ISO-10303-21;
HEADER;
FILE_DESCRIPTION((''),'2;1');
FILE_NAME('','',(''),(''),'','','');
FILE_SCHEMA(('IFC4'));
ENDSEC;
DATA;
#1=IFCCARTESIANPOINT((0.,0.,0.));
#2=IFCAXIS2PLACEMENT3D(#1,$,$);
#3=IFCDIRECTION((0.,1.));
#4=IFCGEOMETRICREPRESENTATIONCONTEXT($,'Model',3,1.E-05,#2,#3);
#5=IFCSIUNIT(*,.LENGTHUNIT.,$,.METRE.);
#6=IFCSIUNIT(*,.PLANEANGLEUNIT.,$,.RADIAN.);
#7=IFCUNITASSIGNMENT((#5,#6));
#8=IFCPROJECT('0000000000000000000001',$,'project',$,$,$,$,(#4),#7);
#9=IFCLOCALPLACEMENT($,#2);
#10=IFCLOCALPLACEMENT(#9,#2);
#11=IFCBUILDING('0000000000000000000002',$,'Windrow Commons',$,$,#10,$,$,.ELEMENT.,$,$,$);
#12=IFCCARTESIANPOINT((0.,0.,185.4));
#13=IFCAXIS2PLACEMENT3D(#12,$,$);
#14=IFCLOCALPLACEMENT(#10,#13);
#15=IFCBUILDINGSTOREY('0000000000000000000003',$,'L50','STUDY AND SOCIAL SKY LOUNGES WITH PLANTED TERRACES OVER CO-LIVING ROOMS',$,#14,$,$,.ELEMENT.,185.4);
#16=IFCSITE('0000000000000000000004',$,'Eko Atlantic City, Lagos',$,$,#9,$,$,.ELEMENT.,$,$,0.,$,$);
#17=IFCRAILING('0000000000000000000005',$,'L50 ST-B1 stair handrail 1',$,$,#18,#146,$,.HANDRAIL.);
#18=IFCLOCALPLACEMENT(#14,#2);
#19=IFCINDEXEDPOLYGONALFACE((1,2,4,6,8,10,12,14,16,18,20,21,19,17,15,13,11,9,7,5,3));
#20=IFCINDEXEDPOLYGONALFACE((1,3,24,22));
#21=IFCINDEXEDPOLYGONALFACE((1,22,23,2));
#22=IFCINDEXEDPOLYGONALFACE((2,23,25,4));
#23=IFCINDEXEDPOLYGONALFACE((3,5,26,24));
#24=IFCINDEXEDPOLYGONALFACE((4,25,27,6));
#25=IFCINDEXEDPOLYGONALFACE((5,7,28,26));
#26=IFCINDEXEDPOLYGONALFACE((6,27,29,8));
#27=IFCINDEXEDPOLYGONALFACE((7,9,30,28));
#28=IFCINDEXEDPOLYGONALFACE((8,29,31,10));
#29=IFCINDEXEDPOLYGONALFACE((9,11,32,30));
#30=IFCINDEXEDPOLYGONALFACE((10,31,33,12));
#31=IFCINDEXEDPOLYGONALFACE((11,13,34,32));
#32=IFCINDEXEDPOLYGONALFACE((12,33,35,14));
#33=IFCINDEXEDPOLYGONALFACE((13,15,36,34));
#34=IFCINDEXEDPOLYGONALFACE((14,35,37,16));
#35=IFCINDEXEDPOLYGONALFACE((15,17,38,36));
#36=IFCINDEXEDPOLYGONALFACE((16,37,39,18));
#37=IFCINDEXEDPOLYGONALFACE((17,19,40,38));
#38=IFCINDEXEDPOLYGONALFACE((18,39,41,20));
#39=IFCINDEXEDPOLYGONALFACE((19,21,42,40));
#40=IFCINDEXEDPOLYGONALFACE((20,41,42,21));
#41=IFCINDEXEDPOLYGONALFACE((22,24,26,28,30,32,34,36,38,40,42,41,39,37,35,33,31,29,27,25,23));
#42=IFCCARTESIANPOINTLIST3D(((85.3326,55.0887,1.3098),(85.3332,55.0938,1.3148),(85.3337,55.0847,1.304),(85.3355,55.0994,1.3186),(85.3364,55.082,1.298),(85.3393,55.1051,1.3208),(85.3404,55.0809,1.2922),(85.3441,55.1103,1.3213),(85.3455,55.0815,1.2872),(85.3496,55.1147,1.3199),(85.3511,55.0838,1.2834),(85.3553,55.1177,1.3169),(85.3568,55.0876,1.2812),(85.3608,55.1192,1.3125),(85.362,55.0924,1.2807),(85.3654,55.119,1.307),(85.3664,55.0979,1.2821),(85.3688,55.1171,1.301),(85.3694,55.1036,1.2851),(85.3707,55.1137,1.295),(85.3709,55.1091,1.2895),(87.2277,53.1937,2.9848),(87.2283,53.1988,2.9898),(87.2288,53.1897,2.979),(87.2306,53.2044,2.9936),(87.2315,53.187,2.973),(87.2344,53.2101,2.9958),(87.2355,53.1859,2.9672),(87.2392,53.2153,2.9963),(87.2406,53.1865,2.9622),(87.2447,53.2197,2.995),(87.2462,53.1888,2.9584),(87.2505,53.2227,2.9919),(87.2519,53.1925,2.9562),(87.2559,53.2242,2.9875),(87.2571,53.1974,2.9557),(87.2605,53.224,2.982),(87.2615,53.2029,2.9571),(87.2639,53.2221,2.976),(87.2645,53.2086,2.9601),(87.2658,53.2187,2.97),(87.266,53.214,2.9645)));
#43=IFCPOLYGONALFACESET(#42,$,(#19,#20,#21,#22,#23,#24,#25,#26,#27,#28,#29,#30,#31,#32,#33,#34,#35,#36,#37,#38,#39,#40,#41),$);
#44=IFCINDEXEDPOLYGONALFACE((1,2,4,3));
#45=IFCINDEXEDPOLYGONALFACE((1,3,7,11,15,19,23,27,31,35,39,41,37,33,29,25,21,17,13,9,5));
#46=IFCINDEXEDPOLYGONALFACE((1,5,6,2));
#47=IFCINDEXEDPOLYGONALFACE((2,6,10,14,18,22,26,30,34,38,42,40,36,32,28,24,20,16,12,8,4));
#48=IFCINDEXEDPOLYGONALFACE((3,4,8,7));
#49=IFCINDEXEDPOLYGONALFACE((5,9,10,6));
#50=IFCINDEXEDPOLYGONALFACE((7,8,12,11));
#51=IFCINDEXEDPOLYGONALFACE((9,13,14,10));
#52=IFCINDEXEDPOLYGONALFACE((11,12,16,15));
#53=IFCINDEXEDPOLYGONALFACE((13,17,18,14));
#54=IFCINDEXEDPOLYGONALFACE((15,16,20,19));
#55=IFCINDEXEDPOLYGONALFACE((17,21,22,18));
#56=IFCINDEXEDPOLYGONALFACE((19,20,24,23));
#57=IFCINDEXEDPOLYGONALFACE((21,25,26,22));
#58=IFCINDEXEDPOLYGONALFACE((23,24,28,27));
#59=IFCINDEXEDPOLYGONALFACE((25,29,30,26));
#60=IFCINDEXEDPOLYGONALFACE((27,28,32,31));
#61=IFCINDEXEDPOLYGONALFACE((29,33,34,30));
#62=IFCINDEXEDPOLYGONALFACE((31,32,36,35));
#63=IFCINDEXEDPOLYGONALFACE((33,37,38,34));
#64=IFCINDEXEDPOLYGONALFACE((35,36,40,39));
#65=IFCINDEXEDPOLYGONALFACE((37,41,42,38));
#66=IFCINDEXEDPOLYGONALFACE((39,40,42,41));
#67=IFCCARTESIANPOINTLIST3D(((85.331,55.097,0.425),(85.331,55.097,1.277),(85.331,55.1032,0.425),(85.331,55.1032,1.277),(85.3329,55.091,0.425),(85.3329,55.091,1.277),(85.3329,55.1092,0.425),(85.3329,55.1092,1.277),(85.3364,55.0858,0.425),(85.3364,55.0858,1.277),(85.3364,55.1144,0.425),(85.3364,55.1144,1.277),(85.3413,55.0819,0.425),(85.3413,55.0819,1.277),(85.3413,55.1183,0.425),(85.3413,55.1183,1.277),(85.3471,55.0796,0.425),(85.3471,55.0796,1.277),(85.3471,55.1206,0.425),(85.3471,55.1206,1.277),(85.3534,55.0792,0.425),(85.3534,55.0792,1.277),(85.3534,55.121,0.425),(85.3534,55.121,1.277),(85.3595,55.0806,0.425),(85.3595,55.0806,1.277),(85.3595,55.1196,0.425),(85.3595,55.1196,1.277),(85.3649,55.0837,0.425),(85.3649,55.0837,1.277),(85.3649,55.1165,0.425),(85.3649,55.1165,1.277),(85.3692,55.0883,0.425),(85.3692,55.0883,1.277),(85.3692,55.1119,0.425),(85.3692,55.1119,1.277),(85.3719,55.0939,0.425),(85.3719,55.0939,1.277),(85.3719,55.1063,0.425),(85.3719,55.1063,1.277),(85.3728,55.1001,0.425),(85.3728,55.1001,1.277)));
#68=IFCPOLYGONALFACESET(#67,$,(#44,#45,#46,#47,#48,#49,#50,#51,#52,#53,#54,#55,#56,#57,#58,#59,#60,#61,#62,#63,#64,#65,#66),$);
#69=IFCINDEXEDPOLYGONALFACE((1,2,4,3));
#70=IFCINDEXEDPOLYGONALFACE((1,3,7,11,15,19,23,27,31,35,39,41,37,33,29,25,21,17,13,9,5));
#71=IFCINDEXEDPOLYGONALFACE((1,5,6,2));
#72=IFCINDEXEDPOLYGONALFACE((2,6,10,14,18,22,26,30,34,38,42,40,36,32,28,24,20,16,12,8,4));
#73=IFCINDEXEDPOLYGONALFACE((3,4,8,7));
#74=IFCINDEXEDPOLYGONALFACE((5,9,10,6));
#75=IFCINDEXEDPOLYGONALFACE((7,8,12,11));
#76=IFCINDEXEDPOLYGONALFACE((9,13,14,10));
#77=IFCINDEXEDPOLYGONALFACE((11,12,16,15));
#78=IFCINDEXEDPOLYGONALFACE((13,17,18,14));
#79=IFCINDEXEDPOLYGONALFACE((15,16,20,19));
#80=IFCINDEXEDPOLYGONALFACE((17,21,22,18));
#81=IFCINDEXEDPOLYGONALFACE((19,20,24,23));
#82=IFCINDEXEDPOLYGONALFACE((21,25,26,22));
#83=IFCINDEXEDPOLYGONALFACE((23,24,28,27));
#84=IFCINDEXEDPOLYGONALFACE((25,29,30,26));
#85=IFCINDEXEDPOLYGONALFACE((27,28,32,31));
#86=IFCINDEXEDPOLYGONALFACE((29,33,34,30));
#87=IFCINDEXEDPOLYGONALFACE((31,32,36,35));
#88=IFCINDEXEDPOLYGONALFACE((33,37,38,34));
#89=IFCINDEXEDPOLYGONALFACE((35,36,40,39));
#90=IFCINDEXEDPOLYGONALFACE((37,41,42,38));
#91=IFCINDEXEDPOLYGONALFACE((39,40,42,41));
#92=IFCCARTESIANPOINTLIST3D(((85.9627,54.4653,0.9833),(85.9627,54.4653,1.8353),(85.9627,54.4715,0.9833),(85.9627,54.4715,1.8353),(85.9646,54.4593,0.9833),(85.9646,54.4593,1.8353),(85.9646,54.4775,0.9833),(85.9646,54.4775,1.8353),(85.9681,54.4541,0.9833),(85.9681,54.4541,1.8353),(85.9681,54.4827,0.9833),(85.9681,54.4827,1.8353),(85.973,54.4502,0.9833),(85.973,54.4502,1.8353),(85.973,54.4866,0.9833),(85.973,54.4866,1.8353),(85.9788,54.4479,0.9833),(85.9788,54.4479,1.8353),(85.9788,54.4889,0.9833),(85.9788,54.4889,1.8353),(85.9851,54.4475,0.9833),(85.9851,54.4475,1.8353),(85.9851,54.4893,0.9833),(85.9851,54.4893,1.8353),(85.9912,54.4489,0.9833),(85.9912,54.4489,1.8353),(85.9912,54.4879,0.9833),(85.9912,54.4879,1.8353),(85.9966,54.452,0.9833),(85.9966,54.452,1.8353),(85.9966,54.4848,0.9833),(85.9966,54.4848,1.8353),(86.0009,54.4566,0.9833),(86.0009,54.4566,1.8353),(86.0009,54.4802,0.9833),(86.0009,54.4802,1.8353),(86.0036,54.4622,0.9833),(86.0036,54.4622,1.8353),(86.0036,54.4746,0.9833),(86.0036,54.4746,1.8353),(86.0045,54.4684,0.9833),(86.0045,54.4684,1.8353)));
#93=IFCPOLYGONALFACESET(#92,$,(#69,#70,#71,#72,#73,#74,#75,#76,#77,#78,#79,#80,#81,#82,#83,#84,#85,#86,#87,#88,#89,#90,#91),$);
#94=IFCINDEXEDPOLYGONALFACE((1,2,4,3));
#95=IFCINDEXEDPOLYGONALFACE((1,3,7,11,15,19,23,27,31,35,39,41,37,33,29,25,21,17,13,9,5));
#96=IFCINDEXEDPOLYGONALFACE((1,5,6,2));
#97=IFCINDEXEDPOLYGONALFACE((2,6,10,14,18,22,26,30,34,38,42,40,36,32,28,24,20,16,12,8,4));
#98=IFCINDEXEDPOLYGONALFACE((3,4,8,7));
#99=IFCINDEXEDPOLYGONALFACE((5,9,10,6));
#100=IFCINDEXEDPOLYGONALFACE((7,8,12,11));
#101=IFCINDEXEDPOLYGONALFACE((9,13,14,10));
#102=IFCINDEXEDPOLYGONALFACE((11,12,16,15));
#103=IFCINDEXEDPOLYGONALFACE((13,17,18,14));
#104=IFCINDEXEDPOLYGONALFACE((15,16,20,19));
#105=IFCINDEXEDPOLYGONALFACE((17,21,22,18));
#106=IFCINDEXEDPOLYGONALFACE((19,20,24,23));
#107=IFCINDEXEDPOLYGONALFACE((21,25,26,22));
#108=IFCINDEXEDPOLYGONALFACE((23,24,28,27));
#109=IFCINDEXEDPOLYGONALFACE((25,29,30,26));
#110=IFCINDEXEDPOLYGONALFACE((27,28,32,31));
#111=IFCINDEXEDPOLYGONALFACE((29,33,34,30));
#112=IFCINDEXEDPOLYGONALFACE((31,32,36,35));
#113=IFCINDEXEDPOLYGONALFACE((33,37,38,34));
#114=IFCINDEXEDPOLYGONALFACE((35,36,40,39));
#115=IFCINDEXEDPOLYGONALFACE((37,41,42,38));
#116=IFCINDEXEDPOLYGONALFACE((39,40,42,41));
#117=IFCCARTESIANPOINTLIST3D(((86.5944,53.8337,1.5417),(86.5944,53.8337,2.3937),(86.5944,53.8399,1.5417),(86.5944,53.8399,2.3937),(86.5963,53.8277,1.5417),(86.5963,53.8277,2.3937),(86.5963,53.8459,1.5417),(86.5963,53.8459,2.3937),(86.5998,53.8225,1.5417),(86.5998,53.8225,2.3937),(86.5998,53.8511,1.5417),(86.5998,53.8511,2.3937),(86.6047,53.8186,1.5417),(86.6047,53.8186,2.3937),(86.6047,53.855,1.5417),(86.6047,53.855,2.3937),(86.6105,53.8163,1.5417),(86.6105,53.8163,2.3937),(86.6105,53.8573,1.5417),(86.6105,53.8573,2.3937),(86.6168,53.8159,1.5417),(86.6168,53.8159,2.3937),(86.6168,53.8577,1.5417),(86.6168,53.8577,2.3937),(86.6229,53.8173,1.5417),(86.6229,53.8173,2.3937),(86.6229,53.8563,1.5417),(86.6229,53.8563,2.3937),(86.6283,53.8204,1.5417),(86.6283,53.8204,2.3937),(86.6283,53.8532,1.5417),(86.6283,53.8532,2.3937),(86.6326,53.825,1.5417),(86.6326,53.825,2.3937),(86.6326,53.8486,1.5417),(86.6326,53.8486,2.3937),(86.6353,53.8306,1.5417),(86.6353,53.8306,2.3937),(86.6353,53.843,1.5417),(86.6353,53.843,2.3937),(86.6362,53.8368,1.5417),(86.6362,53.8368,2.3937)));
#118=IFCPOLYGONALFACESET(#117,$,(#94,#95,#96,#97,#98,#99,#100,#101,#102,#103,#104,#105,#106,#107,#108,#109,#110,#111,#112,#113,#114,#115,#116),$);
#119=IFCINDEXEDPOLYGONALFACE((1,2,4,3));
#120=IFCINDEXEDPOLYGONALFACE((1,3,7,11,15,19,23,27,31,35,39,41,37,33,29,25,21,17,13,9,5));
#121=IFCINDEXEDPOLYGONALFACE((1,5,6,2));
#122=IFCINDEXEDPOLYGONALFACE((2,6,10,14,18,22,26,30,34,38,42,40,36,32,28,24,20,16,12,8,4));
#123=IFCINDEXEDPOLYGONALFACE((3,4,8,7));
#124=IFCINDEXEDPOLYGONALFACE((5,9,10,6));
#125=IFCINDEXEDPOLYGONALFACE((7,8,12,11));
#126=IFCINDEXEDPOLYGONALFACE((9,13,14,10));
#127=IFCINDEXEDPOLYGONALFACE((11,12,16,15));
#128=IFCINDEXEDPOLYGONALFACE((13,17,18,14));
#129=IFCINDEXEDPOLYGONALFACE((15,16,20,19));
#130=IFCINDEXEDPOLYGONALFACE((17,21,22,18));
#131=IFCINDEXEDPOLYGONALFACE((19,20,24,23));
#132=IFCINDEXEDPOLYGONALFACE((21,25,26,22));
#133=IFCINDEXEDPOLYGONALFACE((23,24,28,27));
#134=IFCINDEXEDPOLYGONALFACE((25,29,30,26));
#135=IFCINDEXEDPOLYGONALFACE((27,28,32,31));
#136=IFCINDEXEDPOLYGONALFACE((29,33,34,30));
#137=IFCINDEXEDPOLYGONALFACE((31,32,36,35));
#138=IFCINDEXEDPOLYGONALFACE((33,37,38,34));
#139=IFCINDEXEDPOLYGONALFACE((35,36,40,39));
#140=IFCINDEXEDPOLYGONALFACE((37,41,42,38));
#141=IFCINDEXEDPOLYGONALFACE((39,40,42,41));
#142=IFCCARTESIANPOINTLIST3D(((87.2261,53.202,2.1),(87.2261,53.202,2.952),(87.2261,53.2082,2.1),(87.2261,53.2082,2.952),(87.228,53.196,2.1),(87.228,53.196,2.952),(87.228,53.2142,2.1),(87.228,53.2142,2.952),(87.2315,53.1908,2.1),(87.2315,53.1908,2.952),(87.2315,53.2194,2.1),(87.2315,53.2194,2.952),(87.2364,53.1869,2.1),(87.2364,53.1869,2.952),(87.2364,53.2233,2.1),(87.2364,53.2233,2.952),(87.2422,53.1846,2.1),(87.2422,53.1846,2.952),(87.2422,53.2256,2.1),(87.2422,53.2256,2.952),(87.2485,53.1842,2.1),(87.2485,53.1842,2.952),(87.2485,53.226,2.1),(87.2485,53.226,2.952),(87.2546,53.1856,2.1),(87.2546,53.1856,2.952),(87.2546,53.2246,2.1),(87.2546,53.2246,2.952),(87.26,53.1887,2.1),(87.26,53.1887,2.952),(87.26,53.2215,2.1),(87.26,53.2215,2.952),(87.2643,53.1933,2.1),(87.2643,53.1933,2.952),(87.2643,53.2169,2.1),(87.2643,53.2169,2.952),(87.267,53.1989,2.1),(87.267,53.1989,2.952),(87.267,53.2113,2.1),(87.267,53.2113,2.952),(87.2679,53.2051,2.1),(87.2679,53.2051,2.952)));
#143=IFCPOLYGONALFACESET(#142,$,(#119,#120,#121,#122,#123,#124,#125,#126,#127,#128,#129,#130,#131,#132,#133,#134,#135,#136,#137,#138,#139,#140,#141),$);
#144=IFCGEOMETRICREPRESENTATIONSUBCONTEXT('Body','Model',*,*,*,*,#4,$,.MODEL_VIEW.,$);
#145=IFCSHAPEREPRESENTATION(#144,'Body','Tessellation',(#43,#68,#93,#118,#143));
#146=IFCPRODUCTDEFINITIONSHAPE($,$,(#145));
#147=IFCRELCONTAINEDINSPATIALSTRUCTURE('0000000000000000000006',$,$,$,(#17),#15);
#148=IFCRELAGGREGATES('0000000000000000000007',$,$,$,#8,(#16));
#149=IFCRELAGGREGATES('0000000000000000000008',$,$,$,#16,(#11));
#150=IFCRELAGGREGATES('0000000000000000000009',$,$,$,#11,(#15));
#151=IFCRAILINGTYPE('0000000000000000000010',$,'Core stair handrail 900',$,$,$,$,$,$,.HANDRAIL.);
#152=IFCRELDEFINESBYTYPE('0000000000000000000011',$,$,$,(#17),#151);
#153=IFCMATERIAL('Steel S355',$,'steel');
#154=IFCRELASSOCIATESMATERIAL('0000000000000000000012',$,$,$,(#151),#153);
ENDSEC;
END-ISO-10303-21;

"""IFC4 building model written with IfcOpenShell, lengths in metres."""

from ifc_helpers import new_model, si_unit, direction, frame, origin, origin_2d, place, context, subcontext, project, spatial, circle, extrude, material, type_object, element, save


model = new_model("IFC4")

# Units and contexts
model_context = context("Model", 3, precision=1e-05, world=origin(), true_north=direction((0.0, 1.0)))
body_context = subcontext(model_context, "Body", "Model", "MODEL_VIEW")
ifc_project = project(units=[si_unit("LENGTHUNIT", "METRE"), si_unit("PLANEANGLEUNIT", "RADIAN")], contexts=[model_context])

# Site, building, storey
site_placement = place(None, origin())
site = spatial("IfcSite", under=ifc_project, at=site_placement, Name="Eko Atlantic City, Lagos", CompositionType="ELEMENT", RefElevation=0.0)
building_placement = place(site_placement, origin())
building = spatial("IfcBuilding", under=site, at=building_placement, Name="Windrow Commons", CompositionType="ELEMENT")
storey_placement = place(building_placement, frame((0.0, 0.0, 185.4)))
storey = spatial("IfcBuildingStorey", under=building, at=storey_placement, Name="L50", Description="STUDY AND SOCIAL SKY LOUNGES WITH PLANTED TERRACES OVER CO-LIVING ROOMS", CompositionType="ELEMENT", Elevation=185.4)

# Railing
ifc_material_1 = material(Name="Steel S355", Category="steel")
railing_type_1 = type_object("IfcRailingType", Name="Core stair handrail 900", PredefinedType="HANDRAIL", material=ifc_material_1)
railing_1_placement = place(storey_placement, frame((85.3518, 55.1001, 0.425)))
element("IfcRailing", 1, at=railing_1_placement, inside=storey, type_object=railing_type_1, Name="L50 ST-B1 stair handrail 1", PredefinedType="HANDRAIL", context=body_context, shape_type="SweptSolid", body=[
    extrude(circle(Radius=0.024, at=origin_2d()), frame((0.0, 0.0, 0.876), z_axis=(0.599642, -0.59961, 0.529998), x_axis=(0.707088, 0.707125, 0.0)), (0.0, 0.0, 1.0), 3.1604),
    extrude(circle(Radius=0.021, at=origin_2d()), origin(), (0.0, 0.0, 1.0), 0.852),
    extrude(circle(Radius=0.021, at=origin_2d()), frame((0.6317, -0.6317, 0.5583)), (0.0, 0.0, 1.0), 0.852),
    extrude(circle(Radius=0.021, at=origin_2d()), frame((1.2634, -1.2633, 1.1167)), (0.0, 0.0, 1.0), 0.852),
    extrude(circle(Radius=0.021, at=origin_2d()), frame((1.8951, -1.895, 1.675)), (0.0, 0.0, 1.0), 0.852),
])

save(model, "model.ifc")
